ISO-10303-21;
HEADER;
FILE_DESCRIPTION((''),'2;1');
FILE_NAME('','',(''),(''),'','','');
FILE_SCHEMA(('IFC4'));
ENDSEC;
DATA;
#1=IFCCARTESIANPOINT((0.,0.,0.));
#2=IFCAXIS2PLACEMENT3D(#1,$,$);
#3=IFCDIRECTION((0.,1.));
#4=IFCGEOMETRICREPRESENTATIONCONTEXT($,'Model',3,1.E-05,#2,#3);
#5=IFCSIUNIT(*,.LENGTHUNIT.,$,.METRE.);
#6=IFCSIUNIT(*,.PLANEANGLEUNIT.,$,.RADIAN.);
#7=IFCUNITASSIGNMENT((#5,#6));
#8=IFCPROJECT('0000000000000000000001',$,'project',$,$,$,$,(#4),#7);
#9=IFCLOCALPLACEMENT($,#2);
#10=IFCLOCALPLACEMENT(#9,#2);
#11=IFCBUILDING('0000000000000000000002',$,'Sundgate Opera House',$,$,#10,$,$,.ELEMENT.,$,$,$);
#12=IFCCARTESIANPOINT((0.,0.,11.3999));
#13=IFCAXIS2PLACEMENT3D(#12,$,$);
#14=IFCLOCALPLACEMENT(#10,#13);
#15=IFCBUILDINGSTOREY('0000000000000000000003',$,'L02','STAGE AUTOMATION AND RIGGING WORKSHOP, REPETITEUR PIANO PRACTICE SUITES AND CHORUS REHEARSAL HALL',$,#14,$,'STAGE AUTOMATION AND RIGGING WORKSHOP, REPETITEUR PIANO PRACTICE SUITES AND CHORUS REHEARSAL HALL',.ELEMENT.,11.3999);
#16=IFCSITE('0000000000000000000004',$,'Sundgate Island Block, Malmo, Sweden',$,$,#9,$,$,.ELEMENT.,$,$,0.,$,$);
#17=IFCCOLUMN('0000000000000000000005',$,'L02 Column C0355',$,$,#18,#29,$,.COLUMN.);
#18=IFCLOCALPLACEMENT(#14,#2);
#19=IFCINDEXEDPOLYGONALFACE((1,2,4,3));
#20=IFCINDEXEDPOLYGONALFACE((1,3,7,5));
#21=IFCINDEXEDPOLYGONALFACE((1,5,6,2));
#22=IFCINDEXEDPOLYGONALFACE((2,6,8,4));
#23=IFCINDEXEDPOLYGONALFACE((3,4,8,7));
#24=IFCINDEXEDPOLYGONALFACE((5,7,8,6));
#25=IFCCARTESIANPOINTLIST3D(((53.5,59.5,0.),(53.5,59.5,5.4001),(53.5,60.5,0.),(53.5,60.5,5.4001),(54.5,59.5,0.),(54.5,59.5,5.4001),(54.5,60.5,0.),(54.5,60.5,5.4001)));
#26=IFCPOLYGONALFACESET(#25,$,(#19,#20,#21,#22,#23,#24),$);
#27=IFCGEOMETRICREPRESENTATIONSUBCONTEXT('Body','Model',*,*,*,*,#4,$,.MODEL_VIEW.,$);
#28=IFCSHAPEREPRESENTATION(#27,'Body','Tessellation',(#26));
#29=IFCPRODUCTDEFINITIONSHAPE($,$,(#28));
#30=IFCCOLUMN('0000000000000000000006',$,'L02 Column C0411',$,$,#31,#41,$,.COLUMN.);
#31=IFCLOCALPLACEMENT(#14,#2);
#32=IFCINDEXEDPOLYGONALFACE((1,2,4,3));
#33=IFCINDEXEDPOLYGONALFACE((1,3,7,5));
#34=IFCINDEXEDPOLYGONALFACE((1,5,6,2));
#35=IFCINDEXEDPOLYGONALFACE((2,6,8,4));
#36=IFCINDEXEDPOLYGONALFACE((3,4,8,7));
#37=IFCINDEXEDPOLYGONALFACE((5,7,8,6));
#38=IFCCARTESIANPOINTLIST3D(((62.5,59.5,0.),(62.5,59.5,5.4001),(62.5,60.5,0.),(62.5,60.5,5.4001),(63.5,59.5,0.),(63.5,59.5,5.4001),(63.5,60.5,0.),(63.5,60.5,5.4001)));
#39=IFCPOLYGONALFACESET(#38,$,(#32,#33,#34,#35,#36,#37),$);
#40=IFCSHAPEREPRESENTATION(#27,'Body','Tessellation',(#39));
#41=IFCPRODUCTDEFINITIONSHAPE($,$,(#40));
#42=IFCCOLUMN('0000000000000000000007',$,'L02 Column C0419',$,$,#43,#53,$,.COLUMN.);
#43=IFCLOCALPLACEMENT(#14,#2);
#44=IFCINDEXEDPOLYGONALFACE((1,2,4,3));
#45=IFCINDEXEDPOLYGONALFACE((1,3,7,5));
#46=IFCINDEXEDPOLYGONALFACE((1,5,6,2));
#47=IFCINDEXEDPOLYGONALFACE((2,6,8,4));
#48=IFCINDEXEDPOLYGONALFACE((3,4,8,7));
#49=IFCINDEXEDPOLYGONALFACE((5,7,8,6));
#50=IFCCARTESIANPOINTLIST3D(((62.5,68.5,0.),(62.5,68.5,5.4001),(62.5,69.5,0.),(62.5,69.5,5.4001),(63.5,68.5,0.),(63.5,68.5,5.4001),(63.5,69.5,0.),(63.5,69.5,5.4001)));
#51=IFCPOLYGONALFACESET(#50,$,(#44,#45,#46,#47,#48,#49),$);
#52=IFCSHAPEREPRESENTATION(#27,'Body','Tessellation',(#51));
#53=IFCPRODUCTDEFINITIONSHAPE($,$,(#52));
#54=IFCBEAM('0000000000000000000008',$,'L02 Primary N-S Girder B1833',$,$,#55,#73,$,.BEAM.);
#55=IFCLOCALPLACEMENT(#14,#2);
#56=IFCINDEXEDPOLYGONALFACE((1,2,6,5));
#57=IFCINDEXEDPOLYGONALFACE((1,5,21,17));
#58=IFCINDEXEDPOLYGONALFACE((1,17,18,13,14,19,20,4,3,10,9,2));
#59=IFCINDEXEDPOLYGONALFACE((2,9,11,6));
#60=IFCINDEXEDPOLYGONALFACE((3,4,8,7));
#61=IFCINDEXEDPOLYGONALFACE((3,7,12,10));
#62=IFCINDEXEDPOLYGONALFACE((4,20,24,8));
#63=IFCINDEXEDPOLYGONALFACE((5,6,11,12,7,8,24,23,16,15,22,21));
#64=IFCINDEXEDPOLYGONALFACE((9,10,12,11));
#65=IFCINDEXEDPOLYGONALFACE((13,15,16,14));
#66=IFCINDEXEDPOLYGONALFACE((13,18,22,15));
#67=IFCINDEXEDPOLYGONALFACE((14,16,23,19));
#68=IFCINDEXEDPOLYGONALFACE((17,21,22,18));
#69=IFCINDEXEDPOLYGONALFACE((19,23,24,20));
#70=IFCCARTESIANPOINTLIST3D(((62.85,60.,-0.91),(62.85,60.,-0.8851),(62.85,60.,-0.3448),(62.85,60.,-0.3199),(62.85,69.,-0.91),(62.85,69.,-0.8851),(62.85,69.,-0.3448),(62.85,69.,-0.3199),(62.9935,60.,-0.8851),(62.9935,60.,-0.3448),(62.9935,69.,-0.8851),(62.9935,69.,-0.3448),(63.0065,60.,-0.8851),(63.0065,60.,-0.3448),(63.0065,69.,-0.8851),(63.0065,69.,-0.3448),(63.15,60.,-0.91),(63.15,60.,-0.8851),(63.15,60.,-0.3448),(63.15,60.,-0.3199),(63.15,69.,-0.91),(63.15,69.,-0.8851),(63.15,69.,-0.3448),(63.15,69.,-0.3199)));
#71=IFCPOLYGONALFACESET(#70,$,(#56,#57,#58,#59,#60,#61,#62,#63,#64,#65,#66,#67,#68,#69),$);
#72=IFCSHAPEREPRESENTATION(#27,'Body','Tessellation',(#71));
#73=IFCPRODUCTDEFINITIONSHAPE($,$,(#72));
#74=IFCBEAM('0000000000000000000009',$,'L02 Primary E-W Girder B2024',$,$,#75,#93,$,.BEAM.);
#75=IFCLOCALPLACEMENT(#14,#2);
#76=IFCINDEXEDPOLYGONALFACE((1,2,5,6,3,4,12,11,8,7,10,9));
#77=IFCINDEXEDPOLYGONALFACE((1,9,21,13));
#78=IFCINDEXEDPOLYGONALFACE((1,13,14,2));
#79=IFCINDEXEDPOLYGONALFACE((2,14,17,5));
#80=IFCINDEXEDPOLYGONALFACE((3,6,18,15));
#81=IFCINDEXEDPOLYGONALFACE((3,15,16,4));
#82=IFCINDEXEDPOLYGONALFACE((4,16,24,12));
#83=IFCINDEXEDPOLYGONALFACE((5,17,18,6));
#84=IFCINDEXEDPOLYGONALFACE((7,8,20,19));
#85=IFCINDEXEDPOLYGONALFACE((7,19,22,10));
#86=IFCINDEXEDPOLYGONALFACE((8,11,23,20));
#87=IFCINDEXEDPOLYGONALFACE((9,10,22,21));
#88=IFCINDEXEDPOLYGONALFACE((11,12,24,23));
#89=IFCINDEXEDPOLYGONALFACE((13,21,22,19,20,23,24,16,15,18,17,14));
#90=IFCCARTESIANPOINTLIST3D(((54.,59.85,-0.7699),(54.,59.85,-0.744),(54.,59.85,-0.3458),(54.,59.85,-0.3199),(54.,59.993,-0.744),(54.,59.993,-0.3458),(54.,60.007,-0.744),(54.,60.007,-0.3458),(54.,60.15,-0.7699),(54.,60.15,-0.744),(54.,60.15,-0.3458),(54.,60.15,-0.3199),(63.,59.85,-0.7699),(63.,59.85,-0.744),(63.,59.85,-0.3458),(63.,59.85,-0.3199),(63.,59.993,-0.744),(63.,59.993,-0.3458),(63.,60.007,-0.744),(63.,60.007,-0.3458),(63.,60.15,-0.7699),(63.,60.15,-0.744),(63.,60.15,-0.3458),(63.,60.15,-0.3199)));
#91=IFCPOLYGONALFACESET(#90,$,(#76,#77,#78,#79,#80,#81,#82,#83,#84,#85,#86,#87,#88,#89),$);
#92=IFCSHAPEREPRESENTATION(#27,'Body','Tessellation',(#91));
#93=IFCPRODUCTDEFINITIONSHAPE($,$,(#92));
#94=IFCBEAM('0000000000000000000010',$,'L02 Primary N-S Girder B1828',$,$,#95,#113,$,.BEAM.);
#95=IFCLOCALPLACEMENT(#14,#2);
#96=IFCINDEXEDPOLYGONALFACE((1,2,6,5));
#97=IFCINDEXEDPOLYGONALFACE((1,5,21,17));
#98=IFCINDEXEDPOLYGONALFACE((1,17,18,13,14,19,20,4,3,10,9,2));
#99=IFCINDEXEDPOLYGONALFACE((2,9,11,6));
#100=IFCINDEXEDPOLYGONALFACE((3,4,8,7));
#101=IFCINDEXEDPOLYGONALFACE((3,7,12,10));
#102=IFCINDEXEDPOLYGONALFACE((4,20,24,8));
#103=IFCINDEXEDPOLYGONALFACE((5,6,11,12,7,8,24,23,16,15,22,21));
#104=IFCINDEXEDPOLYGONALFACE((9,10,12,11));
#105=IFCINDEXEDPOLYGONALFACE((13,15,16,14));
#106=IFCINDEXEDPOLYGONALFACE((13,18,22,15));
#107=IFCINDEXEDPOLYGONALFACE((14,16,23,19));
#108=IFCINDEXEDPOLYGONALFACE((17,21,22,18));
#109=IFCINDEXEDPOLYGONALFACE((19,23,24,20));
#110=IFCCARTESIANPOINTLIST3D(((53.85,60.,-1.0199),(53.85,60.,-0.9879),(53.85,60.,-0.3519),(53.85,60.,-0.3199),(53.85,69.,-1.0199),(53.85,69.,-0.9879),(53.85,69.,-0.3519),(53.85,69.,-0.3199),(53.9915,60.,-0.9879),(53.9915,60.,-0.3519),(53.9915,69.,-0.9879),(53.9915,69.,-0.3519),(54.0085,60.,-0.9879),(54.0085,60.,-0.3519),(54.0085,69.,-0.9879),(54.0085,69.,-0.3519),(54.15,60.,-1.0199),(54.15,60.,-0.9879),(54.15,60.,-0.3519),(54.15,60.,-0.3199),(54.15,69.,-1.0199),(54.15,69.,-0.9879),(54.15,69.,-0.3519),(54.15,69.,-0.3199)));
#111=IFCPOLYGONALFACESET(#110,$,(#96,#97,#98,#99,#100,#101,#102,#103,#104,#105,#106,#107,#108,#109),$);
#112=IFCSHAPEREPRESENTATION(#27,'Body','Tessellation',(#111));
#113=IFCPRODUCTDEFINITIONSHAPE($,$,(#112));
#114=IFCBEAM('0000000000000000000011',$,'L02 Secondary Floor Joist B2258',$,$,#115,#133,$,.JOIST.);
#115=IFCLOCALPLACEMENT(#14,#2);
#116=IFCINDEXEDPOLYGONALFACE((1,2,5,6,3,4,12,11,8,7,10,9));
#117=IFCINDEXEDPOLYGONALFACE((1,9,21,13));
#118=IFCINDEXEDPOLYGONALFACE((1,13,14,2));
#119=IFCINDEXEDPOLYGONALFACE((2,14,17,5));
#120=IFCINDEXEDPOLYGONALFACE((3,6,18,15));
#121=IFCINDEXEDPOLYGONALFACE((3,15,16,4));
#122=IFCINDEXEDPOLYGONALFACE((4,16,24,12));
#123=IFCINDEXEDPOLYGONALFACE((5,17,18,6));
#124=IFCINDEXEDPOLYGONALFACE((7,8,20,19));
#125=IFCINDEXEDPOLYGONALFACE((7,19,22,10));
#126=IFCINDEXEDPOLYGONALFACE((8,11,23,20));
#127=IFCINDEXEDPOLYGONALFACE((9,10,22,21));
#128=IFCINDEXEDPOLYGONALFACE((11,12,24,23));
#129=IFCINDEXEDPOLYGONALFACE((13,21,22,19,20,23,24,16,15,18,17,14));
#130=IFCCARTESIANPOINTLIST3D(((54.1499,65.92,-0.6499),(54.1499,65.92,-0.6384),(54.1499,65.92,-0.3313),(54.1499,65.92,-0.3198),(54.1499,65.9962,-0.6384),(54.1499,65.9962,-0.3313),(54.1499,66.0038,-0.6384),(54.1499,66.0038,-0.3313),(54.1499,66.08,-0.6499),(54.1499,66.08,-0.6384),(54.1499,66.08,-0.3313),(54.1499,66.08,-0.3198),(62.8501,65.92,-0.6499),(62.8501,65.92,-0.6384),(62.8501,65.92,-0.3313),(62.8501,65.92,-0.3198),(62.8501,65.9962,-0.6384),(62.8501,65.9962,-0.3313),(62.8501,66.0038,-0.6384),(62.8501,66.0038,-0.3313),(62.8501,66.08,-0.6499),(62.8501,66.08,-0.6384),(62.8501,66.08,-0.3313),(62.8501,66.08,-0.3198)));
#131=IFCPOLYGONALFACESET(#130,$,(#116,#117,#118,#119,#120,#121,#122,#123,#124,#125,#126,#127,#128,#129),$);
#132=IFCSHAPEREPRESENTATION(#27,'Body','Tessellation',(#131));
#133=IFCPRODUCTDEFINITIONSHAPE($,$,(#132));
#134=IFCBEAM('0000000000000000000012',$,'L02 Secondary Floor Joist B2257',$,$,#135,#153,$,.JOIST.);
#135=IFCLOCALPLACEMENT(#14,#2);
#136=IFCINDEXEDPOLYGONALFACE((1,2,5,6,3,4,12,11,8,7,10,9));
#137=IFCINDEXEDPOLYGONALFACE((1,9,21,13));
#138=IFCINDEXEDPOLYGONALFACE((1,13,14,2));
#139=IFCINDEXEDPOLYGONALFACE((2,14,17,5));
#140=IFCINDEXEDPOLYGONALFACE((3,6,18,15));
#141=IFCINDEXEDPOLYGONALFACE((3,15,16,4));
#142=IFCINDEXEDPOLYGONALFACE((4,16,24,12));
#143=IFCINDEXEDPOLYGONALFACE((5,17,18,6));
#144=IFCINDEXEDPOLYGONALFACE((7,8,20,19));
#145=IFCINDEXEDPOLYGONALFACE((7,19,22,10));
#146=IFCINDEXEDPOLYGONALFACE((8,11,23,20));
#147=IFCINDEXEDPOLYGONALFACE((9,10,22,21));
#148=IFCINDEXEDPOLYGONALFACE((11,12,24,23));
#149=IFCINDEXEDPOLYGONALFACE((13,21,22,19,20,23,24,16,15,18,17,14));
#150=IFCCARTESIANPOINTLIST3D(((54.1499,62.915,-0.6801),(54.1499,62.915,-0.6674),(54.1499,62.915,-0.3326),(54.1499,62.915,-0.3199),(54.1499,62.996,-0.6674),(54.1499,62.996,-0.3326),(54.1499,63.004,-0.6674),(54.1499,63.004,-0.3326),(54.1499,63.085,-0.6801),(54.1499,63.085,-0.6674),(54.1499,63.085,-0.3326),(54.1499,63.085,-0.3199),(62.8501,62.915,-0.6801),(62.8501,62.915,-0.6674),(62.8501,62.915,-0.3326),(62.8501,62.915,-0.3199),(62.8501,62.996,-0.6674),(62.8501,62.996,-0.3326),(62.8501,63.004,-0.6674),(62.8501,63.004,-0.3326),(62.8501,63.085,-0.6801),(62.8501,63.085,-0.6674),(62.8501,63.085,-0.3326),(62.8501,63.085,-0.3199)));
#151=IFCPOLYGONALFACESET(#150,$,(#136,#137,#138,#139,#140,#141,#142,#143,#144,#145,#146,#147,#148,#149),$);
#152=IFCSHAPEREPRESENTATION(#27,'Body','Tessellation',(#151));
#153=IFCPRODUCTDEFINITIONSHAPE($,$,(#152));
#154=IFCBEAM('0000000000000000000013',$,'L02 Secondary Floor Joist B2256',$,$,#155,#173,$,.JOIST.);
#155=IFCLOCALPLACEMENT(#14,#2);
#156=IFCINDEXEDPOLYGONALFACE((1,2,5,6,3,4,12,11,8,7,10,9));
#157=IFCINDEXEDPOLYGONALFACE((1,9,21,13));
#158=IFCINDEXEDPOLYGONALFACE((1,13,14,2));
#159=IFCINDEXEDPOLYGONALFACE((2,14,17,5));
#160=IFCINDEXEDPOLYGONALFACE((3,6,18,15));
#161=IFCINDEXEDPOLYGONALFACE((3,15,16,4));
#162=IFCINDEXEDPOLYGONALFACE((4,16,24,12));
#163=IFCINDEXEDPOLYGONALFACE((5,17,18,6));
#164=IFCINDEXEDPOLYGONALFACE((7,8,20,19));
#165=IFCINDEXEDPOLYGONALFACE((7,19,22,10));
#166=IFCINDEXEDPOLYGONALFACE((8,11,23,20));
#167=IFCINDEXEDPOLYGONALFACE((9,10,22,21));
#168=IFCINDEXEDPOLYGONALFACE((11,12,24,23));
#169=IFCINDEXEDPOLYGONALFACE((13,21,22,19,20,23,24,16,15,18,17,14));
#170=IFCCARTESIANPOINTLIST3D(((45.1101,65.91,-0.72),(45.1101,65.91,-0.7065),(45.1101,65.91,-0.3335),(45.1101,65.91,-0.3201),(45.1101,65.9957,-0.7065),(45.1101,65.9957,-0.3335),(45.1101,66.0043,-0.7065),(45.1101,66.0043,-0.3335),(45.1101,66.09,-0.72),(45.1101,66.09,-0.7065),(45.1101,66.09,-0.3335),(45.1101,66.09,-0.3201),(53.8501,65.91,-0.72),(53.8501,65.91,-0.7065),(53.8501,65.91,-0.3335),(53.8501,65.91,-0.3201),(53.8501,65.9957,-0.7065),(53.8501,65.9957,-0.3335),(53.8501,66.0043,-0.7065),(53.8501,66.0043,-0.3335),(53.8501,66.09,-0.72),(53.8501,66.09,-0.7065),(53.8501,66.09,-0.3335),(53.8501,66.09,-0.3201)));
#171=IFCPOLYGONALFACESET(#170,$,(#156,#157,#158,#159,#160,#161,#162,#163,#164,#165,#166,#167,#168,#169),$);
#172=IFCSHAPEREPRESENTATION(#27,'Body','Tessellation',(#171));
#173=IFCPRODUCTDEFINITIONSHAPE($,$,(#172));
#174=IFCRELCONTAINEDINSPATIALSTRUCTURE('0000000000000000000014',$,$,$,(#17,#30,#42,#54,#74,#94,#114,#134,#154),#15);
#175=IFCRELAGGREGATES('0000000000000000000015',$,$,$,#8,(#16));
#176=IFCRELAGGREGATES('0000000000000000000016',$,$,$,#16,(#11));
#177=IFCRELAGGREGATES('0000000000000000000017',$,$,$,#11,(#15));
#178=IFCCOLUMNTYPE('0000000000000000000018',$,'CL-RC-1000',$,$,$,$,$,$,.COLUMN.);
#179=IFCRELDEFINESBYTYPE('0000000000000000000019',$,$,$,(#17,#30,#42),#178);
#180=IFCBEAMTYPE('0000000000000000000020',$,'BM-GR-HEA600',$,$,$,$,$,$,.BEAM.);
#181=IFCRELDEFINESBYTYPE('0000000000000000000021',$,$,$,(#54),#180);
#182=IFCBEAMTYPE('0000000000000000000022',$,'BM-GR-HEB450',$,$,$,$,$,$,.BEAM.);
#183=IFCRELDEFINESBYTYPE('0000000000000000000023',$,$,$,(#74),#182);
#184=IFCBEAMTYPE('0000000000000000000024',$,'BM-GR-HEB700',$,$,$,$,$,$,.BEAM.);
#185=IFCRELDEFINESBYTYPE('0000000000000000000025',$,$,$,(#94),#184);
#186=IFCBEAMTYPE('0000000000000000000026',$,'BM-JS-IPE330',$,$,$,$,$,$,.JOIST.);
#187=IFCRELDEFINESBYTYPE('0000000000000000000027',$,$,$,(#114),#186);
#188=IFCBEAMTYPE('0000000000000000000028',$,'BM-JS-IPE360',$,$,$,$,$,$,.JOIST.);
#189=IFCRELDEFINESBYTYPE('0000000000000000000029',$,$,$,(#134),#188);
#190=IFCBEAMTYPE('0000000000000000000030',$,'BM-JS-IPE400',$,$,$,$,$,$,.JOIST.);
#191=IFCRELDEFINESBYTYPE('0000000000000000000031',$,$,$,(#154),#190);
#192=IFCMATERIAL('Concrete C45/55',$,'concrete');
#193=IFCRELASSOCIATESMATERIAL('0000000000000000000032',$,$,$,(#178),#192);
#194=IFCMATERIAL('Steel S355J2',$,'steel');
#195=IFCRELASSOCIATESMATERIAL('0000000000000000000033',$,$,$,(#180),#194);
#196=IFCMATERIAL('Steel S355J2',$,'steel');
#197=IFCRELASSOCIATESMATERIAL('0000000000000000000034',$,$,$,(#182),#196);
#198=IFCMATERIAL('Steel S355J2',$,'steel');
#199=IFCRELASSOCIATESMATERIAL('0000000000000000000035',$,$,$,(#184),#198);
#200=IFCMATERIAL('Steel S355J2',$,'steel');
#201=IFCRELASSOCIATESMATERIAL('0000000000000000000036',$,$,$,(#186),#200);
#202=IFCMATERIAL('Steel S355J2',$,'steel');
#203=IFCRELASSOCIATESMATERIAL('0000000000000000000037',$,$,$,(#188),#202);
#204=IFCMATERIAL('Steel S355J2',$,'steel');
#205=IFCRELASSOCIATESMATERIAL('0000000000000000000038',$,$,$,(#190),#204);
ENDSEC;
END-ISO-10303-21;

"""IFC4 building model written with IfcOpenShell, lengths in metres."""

from ifc_helpers import new_model, si_unit, direction, frame, origin, origin_2d, place, context, subcontext, project, spatial, rectangle, i_section, extrude, material, material_profile, profile_set, type_object, element, save


model = new_model("IFC4")

# Units and contexts
model_context = context("Model", 3, precision=1e-05, world=origin(), true_north=direction((0.0, 1.0)))
body_context = subcontext(model_context, "Body", "Model", "MODEL_VIEW")
ifc_project = project(units=[si_unit("LENGTHUNIT", "METRE"), si_unit("PLANEANGLEUNIT", "RADIAN")], contexts=[model_context])

# Site, building, storey
site_placement = place(None, origin())
site = spatial("IfcSite", under=ifc_project, at=site_placement, Name="Sundgate Island Block, Malmo, Sweden", CompositionType="ELEMENT", RefElevation=0.0)
building_placement = place(site_placement, origin())
building = spatial("IfcBuilding", under=site, at=building_placement, Name="Sundgate Opera House", CompositionType="ELEMENT")
storey_placement = place(building_placement, frame((0.0, 0.0, 11.3999)))
storey = spatial("IfcBuildingStorey", under=building, at=storey_placement, Name="L02", Description="STAGE AUTOMATION AND RIGGING WORKSHOP, REPETITEUR PIANO PRACTICE SUITES AND CHORUS REHEARSAL HALL", LongName="STAGE AUTOMATION AND RIGGING WORKSHOP, REPETITEUR PIANO PRACTICE SUITES AND CHORUS REHEARSAL HALL", CompositionType="ELEMENT", Elevation=11.3999)

# Columns
ifc_material_1 = material(Name="Concrete C45/55", Category="concrete")
ifc_material_profile_1 = material_profile(ifc_material_1, rectangle(XDim=1.0, YDim=1.0, at=origin_2d()), Name="RC 1000x1000")
ifc_profile_set_1 = profile_set([ifc_material_profile_1], Name="Concrete C45/55")
column_type = type_object("IfcColumnType", Name="CL-RC-1000", PredefinedType="COLUMN", material=ifc_profile_set_1)
for number, where, z_axis, x_axis, name in (
    (1, (54.0, 60.0, 0.0), (0.0, 0.0, 1.0), (1.0, 0.0, 0.0), "L02 Column C0355"),
    (2, (63.0, 60.0, 0.0), (0.0, 0.0, 1.0), (1.0, 0.0, 0.0), "L02 Column C0411"),
    (3, (63.0, 69.0, 0.0), (0.0, 0.0, 1.0), (1.0, 0.0, 0.0), "L02 Column C0419"),
):
    element("IfcColumn", number, at=place(storey_placement, frame(where, z_axis=z_axis, x_axis=x_axis)), inside=storey, type_object=column_type, Name=name, PredefinedType="COLUMN", context=body_context, shape_type="SweptSolid", body=[
        extrude(rectangle(XDim=1.0, YDim=1.0, at=origin_2d()), origin(), (0.0, 0.0, 1.0), 5.4001),
    ])

# Beams
ifc_material_2 = material(Name="Steel S355J2", Category="steel")
ifc_material_profile_2 = material_profile(ifc_material_2, i_section(OverallWidth=0.3, OverallDepth=0.5901, WebThickness=0.0129, FlangeThickness=0.0249, at=origin_2d()), Name="HEA 600")
ifc_profile_set_2 = profile_set([ifc_material_profile_2], Name="Steel S355J2")
beam_type_1 = type_object("IfcBeamType", Name="BM-GR-HEA600", PredefinedType="BEAM", material=ifc_profile_set_2)
beam_1_placement = place(storey_placement, frame((63.0, 60.0, -0.615), z_axis=(0.0, 1.0, 0.0), x_axis=(-1.0, 0.0, 0.0)))
element("IfcBeam", 4, at=beam_1_placement, inside=storey, type_object=beam_type_1, Name="L02 Primary N-S Girder B1833", PredefinedType="BEAM", context=body_context, shape_type="SweptSolid", body=[
    extrude(i_section(OverallWidth=0.3, OverallDepth=0.5901, WebThickness=0.0129, FlangeThickness=0.0249, at=origin_2d()), origin(), (0.0, 0.0, 1.0), 9.0),
])
ifc_material_3 = material(Name="Steel S355J2", Category="steel")
ifc_material_profile_3 = material_profile(ifc_material_3, i_section(OverallWidth=0.3, OverallDepth=0.45, WebThickness=0.0139, FlangeThickness=0.0259, at=origin_2d()), Name="HEB 450")
ifc_profile_set_3 = profile_set([ifc_material_profile_3], Name="Steel S355J2")
beam_type_2 = type_object("IfcBeamType", Name="BM-GR-HEB450", PredefinedType="BEAM", material=ifc_profile_set_3)
beam_2_placement = place(storey_placement, frame((54.0, 60.0, -0.5449), z_axis=(1.0, 0.0, 0.0), x_axis=(0.0, 1.0, 0.0)))
element("IfcBeam", 5, at=beam_2_placement, inside=storey, type_object=beam_type_2, Name="L02 Primary E-W Girder B2024", PredefinedType="BEAM", context=body_context, shape_type="SweptSolid", body=[
    extrude(i_section(OverallWidth=0.3, OverallDepth=0.45, WebThickness=0.0139, FlangeThickness=0.0259, at=origin_2d()), origin(), (0.0, 0.0, 1.0), 9.0),
])
ifc_material_4 = material(Name="Steel S355J2", Category="steel")
ifc_material_profile_4 = material_profile(ifc_material_4, i_section(OverallWidth=0.3, OverallDepth=0.7, WebThickness=0.0171, FlangeThickness=0.032, at=origin_2d()), Name="HEB 700")
ifc_profile_set_4 = profile_set([ifc_material_profile_4], Name="Steel S355J2")
beam_type_3 = type_object("IfcBeamType", Name="BM-GR-HEB700", PredefinedType="BEAM", material=ifc_profile_set_4)
beam_3_placement = place(storey_placement, frame((54.0, 60.0, -0.6699), z_axis=(0.0, 1.0, 0.0), x_axis=(-1.0, 0.0, 0.0)))
element("IfcBeam", 6, at=beam_3_placement, inside=storey, type_object=beam_type_3, Name="L02 Primary N-S Girder B1828", PredefinedType="BEAM", context=body_context, shape_type="SweptSolid", body=[
    extrude(i_section(OverallWidth=0.3, OverallDepth=0.7, WebThickness=0.0171, FlangeThickness=0.032, at=origin_2d()), origin(), (0.0, 0.0, 1.0), 9.0),
])
ifc_material_5 = material(Name="Steel S355J2", Category="steel")
ifc_material_profile_5 = material_profile(ifc_material_5, i_section(OverallWidth=0.1599, OverallDepth=0.3301, WebThickness=0.0076, FlangeThickness=0.0115, at=origin_2d()), Name="IPE 330")
ifc_profile_set_5 = profile_set([ifc_material_profile_5], Name="Steel S355J2")
beam_type_4 = type_object("IfcBeamType", Name="BM-JS-IPE330", PredefinedType="JOIST", material=ifc_profile_set_5)
beam_4_placement = place(storey_placement, frame((54.1499, 66.0, -0.4849), z_axis=(1.0, 0.0, 0.0), x_axis=(0.0, 1.0, 0.0)))
element("IfcBeam", 7, at=beam_4_placement, inside=storey, type_object=beam_type_4, Name="L02 Secondary Floor Joist B2258", PredefinedType="JOIST", context=body_context, shape_type="SweptSolid", body=[
    extrude(i_section(OverallWidth=0.1599, OverallDepth=0.3301, WebThickness=0.0076, FlangeThickness=0.0115, at=origin_2d()), origin(), (0.0, 0.0, 1.0), 8.7002),
])
ifc_material_6 = material(Name="Steel S355J2", Category="steel")
ifc_material_profile_6 = material_profile(ifc_material_6, i_section(OverallWidth=0.1699, OverallDepth=0.3601, WebThickness=0.0081, FlangeThickness=0.0127, at=origin_2d()), Name="IPE 360")
ifc_profile_set_6 = profile_set([ifc_material_profile_6], Name="Steel S355J2")
beam_type_5 = type_object("IfcBeamType", Name="BM-JS-IPE360", PredefinedType="JOIST", material=ifc_profile_set_6)
beam_5_placement = place(storey_placement, frame((54.1499, 63.0, -0.5), z_axis=(1.0, 0.0, 0.0), x_axis=(0.0, 1.0, 0.0)))
element("IfcBeam", 8, at=beam_5_placement, inside=storey, type_object=beam_type_5, Name="L02 Secondary Floor Joist B2257", PredefinedType="JOIST", context=body_context, shape_type="SweptSolid", body=[
    extrude(i_section(OverallWidth=0.1699, OverallDepth=0.3601, WebThickness=0.0081, FlangeThickness=0.0127, at=origin_2d()), origin(), (0.0, 0.0, 1.0), 8.7002),
])
ifc_material_7 = material(Name="Steel S355J2", Category="steel")
ifc_material_profile_7 = material_profile(ifc_material_7, i_section(OverallWidth=0.1799, OverallDepth=0.3999, WebThickness=0.0085, FlangeThickness=0.0134, at=origin_2d()), Name="IPE 400")
ifc_profile_set_7 = profile_set([ifc_material_profile_7], Name="Steel S355J2")
beam_type_6 = type_object("IfcBeamType", Name="BM-JS-IPE400", PredefinedType="JOIST", material=ifc_profile_set_7)
beam_6_placement = place(storey_placement, frame((45.1101, 66.0, -0.52), z_axis=(1.0, 0.0, 0.0), x_axis=(0.0, 1.0, 0.0)))
element("IfcBeam", 9, at=beam_6_placement, inside=storey, type_object=beam_type_6, Name="L02 Secondary Floor Joist B2256", PredefinedType="JOIST", context=body_context, shape_type="SweptSolid", body=[
    extrude(i_section(OverallWidth=0.1799, OverallDepth=0.3999, WebThickness=0.0085, FlangeThickness=0.0134, at=origin_2d()), origin(), (0.0, 0.0, 1.0), 8.74),
])

save(model, "model.ifc")
